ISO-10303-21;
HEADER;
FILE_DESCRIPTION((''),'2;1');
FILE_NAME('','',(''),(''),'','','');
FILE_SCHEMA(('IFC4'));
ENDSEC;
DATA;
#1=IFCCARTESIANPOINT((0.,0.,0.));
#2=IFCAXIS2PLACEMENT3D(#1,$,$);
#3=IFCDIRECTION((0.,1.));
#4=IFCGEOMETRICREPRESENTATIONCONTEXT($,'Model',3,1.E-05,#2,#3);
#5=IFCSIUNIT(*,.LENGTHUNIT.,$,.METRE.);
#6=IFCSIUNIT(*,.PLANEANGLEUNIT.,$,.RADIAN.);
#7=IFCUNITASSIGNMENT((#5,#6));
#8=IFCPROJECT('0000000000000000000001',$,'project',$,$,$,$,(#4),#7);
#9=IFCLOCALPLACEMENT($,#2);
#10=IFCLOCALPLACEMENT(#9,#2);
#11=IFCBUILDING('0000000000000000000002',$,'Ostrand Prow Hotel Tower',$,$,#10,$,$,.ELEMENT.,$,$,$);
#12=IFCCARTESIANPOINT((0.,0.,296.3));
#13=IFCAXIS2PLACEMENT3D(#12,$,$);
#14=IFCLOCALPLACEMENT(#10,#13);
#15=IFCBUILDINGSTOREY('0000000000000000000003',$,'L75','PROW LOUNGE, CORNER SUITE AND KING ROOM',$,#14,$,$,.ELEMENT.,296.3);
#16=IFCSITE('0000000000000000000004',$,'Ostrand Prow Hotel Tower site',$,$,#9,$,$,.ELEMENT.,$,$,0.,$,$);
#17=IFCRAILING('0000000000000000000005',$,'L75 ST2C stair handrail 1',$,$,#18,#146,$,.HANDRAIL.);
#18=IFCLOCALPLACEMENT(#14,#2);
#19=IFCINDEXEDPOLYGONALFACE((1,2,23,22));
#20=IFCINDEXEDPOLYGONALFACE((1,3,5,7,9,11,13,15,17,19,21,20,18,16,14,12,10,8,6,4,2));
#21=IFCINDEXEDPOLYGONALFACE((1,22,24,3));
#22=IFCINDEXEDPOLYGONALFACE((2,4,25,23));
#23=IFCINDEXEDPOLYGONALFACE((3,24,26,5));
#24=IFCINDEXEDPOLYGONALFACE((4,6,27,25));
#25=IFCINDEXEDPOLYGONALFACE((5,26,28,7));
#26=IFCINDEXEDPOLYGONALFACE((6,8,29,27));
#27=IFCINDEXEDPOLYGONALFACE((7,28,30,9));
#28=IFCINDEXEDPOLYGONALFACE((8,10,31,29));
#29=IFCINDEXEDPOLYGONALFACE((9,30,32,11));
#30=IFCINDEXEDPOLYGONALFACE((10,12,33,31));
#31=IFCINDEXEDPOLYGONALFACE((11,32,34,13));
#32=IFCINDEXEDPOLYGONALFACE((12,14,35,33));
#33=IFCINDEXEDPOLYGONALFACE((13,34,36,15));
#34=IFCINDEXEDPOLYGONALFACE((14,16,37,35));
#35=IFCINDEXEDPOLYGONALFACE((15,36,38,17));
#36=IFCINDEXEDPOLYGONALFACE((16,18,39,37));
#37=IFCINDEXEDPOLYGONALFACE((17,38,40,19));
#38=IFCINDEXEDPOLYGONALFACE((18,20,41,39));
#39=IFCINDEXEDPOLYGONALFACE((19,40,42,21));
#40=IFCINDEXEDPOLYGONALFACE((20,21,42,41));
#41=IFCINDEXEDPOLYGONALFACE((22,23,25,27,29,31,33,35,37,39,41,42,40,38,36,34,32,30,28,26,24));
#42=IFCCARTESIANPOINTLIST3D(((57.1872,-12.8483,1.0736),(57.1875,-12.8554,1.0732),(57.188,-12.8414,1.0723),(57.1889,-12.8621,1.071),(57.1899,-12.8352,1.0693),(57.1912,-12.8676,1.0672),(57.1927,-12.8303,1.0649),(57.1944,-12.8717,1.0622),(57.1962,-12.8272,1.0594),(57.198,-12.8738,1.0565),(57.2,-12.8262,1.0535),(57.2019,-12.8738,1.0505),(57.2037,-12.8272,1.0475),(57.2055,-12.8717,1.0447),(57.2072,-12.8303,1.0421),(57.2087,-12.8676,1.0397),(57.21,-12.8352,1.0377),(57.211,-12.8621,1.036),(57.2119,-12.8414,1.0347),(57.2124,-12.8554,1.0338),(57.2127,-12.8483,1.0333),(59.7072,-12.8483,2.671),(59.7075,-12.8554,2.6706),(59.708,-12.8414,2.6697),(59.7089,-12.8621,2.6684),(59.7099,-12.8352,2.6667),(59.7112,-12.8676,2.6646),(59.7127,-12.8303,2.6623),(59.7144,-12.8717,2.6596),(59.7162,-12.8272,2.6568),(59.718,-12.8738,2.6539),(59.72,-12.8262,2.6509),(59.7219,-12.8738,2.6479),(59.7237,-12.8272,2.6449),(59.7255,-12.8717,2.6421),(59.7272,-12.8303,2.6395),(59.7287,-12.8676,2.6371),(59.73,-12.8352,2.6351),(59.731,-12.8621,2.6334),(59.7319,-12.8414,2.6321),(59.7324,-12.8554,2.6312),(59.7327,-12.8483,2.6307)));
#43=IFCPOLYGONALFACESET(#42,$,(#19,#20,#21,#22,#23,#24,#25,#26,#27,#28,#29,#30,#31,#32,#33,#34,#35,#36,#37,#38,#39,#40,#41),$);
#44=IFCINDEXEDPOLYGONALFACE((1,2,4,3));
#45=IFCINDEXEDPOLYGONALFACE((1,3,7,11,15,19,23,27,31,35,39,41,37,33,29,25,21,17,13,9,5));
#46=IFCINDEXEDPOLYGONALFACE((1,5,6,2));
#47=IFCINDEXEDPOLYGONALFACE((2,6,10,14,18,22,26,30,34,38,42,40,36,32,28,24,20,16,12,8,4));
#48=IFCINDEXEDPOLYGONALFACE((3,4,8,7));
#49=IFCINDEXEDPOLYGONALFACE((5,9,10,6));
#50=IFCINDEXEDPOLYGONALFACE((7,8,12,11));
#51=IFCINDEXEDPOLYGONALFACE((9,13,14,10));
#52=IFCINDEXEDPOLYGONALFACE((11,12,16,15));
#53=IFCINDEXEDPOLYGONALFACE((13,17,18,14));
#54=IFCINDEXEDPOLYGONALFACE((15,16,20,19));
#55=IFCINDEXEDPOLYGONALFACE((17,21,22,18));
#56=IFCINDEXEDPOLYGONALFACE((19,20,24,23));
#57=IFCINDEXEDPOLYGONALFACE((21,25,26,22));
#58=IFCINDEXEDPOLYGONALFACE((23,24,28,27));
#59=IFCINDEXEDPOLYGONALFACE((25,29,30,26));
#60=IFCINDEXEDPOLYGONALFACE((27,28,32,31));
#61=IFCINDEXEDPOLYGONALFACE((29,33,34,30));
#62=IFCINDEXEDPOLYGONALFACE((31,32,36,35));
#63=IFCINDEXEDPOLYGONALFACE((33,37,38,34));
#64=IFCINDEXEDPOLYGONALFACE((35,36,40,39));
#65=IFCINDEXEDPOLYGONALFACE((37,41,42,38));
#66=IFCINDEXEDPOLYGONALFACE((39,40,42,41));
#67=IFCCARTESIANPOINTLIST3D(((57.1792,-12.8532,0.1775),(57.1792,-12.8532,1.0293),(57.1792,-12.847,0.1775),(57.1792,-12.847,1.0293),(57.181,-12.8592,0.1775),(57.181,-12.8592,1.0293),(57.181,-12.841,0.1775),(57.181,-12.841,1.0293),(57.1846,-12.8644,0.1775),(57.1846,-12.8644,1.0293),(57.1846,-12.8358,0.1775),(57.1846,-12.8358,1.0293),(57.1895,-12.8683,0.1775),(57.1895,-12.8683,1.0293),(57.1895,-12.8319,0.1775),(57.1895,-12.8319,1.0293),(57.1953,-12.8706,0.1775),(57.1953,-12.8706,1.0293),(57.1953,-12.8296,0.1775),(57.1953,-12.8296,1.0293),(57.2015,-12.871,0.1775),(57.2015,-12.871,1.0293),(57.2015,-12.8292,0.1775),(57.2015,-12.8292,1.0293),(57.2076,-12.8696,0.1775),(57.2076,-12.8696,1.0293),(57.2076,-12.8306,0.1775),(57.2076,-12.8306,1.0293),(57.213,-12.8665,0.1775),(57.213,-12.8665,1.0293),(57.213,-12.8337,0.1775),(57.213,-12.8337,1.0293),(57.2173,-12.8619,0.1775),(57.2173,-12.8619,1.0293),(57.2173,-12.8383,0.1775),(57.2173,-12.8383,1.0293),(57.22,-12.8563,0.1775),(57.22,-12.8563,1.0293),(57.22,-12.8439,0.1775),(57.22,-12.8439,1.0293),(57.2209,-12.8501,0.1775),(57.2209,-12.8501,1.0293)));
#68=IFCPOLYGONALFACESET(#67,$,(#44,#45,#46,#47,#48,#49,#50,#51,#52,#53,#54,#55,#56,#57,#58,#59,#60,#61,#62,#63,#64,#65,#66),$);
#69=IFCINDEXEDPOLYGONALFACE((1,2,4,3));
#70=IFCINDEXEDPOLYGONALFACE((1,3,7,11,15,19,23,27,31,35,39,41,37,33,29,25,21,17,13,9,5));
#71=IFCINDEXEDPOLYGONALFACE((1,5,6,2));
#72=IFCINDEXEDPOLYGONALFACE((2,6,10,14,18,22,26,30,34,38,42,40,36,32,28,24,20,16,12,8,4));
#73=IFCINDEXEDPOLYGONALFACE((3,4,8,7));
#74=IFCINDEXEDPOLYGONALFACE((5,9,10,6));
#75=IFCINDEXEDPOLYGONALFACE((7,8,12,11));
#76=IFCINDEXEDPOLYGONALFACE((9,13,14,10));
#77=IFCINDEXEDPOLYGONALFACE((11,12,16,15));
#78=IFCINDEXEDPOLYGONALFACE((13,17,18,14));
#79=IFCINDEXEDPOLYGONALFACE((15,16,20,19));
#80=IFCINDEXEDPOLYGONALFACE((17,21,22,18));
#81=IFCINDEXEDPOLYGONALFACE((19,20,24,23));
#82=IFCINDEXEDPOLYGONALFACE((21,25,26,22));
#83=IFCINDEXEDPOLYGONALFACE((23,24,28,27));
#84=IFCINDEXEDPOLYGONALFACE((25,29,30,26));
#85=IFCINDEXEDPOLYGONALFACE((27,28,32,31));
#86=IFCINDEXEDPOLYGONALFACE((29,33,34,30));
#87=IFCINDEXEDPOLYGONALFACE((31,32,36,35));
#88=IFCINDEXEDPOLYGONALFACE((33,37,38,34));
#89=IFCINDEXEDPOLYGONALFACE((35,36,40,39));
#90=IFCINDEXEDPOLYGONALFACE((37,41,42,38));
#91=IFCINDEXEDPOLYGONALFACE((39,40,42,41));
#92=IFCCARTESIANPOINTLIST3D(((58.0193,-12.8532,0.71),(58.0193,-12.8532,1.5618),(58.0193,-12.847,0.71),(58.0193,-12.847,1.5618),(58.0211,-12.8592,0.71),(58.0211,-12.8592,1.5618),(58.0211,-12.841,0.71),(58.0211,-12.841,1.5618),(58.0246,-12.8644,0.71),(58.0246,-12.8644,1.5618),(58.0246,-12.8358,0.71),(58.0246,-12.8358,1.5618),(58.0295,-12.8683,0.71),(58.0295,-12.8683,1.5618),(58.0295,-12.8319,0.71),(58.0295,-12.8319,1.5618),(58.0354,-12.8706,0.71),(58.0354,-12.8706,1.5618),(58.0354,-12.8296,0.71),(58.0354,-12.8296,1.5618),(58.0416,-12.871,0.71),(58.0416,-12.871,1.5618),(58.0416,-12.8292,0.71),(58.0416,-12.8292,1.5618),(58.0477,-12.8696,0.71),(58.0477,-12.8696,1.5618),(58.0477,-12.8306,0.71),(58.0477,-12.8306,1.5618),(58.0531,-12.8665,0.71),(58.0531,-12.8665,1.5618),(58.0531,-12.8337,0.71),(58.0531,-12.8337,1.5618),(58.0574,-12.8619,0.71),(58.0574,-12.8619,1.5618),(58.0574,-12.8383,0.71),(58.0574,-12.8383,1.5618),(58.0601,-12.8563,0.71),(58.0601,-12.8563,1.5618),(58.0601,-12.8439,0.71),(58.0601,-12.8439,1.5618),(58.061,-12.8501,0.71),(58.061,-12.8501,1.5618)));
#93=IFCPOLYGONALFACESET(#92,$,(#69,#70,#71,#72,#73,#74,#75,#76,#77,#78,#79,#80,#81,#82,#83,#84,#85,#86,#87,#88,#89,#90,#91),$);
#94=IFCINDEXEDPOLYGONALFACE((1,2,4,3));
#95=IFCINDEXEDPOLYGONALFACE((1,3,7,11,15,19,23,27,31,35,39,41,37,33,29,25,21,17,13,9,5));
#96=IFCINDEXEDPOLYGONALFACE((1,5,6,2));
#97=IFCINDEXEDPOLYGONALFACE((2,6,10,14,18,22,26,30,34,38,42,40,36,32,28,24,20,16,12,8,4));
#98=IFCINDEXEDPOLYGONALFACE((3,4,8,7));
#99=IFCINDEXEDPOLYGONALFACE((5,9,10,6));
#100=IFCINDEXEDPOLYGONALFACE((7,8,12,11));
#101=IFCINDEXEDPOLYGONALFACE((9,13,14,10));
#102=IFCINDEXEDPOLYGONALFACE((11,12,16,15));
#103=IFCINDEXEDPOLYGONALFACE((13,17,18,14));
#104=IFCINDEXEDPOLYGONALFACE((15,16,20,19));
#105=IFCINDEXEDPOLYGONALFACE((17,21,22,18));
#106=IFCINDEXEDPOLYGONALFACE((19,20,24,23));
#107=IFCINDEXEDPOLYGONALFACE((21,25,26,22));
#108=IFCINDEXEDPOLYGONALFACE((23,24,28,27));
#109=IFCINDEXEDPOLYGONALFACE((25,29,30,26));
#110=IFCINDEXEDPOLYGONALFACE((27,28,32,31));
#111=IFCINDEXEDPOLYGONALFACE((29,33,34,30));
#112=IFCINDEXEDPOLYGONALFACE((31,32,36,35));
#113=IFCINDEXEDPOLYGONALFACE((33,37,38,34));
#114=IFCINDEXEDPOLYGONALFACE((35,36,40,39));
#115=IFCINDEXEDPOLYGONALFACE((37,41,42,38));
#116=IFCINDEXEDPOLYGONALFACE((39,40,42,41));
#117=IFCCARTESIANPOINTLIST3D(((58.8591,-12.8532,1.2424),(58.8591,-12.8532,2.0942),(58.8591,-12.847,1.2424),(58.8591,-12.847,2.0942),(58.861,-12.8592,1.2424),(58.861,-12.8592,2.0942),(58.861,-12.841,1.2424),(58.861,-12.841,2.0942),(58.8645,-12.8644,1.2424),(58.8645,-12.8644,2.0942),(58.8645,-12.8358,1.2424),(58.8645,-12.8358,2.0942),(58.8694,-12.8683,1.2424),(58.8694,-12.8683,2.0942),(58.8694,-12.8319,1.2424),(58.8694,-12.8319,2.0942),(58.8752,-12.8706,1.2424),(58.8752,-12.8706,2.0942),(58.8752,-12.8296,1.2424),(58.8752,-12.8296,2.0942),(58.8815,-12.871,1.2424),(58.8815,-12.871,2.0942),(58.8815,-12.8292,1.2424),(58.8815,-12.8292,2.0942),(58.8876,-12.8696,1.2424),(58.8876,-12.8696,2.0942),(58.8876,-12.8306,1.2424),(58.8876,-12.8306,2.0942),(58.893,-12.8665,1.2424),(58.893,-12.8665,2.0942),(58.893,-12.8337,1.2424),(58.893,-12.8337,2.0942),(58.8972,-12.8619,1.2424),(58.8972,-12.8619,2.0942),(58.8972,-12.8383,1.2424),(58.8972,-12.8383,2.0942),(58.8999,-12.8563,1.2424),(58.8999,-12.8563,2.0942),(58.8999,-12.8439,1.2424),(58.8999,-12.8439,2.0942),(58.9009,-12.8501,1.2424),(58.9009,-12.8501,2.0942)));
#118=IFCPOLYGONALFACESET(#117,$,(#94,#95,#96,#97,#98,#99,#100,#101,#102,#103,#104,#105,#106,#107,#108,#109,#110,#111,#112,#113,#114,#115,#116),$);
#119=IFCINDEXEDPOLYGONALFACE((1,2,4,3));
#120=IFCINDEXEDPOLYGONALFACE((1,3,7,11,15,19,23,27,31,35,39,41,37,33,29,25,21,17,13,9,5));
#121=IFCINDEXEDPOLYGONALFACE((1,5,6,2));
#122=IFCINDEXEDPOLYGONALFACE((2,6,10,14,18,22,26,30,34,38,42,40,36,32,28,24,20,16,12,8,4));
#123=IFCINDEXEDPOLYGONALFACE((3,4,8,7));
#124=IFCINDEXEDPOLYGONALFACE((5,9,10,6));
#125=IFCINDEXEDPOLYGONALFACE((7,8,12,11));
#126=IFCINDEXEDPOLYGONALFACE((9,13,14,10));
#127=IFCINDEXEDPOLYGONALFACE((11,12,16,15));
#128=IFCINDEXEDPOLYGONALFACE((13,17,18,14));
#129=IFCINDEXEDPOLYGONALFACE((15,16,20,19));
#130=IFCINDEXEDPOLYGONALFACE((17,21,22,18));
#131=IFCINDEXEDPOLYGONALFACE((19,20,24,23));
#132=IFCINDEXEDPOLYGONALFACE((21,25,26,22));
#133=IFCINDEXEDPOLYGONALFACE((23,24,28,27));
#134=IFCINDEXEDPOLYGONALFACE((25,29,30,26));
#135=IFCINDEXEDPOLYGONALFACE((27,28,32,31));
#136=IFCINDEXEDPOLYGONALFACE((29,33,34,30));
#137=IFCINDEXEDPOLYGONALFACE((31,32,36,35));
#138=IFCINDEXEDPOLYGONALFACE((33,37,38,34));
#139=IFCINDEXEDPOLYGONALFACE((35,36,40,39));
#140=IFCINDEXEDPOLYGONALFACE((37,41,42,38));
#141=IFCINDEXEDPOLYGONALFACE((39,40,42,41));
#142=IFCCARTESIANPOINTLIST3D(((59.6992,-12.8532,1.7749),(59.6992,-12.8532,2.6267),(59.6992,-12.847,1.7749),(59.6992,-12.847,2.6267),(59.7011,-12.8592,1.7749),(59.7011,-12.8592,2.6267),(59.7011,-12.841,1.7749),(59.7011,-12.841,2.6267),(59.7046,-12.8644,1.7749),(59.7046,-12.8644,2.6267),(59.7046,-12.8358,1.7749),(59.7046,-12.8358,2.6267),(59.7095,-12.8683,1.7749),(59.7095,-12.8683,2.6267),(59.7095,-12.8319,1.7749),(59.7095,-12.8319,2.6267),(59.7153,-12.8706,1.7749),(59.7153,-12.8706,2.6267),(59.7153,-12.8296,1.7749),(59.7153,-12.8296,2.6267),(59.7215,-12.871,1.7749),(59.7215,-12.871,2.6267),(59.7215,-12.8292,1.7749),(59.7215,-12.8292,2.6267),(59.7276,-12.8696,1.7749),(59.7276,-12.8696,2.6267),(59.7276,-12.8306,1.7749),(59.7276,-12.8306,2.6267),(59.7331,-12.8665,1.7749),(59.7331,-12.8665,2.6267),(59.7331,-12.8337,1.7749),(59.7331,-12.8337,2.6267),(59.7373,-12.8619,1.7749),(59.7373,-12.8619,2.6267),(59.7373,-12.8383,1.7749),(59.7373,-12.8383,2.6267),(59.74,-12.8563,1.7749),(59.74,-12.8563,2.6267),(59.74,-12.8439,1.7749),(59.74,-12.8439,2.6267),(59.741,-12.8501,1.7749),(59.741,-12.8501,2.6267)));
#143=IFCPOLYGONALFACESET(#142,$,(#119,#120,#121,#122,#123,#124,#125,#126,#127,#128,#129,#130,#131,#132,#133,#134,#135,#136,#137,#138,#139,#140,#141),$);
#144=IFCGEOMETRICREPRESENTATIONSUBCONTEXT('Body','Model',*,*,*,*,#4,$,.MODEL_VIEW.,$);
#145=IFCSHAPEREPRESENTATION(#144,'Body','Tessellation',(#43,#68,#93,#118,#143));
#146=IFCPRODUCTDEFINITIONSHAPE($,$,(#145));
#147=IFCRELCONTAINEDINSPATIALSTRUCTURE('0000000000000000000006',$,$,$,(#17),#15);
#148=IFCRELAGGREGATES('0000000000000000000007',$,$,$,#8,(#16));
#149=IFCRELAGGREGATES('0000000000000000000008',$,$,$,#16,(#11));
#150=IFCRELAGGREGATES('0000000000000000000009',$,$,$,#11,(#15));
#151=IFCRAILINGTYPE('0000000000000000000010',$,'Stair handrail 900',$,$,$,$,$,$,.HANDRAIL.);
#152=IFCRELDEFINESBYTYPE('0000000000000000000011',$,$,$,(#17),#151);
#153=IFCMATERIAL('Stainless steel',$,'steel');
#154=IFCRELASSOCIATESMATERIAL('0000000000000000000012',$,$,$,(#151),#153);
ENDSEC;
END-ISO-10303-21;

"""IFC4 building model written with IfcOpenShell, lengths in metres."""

from ifc_helpers import new_model, si_unit, direction, frame, origin, origin_2d, place, context, subcontext, project, spatial, circle, extrude, material, type_object, element, save


model = new_model("IFC4")

# Units and contexts
model_context = context("Model", 3, precision=1e-05, world=origin(), true_north=direction((0.0, 1.0)))
body_context = subcontext(model_context, "Body", "Model", "MODEL_VIEW")
ifc_project = project(units=[si_unit("LENGTHUNIT", "METRE"), si_unit("PLANEANGLEUNIT", "RADIAN")], contexts=[model_context])

# Site, building, storey
site_placement = place(None, origin())
site = spatial("IfcSite", under=ifc_project, at=site_placement, Name="Ostrand Prow Hotel Tower site", CompositionType="ELEMENT", RefElevation=0.0)
building_placement = place(site_placement, origin())
building = spatial("IfcBuilding", under=site, at=building_placement, Name="Ostrand Prow Hotel Tower", CompositionType="ELEMENT")
storey_placement = place(building_placement, frame((0.0, 0.0, 296.3)))
storey = spatial("IfcBuildingStorey", under=building, at=storey_placement, Name="L75", Description="PROW LOUNGE, CORNER SUITE AND KING ROOM", CompositionType="ELEMENT", Elevation=296.3)

# Railing
ifc_material_1 = material(Name="Stainless steel", Category="steel")
railing_type_1 = type_object("IfcRailingType", Name="Stair handrail 900", PredefinedType="HANDRAIL", material=ifc_material_1)
railing_1_placement = place(storey_placement, frame((57.2, -12.8501, 0.1775)))
element("IfcRailing", 1, at=railing_1_placement, inside=storey, type_object=railing_type_1, Name="L75 ST2C stair handrail 1", PredefinedType="HANDRAIL", context=body_context, shape_type="SweptSolid", body=[
    extrude(circle(Radius=0.0239, at=origin_2d()), frame((0.0, 0.0, 0.876), z_axis=(0.844607, 0.0, 0.535387), x_axis=(0.0, 1.0, 0.0)), (0.0, 0.0, 1.0), 2.9836),
    extrude(circle(Radius=0.021, at=origin_2d()), origin(), (0.0, 0.0, 1.0), 0.8518),
    extrude(circle(Radius=0.021, at=origin_2d()), frame((0.8401, 0.0, 0.5325)), (0.0, 0.0, 1.0), 0.8518),
    extrude(circle(Radius=0.021, at=origin_2d()), frame((1.6799, 0.0, 1.0649)), (0.0, 0.0, 1.0), 0.8518),
    extrude(circle(Radius=0.021, at=origin_2d()), frame((2.52, 0.0, 1.5974)), (0.0, 0.0, 1.0), 0.8518),
])

save(model, "model.ifc")
